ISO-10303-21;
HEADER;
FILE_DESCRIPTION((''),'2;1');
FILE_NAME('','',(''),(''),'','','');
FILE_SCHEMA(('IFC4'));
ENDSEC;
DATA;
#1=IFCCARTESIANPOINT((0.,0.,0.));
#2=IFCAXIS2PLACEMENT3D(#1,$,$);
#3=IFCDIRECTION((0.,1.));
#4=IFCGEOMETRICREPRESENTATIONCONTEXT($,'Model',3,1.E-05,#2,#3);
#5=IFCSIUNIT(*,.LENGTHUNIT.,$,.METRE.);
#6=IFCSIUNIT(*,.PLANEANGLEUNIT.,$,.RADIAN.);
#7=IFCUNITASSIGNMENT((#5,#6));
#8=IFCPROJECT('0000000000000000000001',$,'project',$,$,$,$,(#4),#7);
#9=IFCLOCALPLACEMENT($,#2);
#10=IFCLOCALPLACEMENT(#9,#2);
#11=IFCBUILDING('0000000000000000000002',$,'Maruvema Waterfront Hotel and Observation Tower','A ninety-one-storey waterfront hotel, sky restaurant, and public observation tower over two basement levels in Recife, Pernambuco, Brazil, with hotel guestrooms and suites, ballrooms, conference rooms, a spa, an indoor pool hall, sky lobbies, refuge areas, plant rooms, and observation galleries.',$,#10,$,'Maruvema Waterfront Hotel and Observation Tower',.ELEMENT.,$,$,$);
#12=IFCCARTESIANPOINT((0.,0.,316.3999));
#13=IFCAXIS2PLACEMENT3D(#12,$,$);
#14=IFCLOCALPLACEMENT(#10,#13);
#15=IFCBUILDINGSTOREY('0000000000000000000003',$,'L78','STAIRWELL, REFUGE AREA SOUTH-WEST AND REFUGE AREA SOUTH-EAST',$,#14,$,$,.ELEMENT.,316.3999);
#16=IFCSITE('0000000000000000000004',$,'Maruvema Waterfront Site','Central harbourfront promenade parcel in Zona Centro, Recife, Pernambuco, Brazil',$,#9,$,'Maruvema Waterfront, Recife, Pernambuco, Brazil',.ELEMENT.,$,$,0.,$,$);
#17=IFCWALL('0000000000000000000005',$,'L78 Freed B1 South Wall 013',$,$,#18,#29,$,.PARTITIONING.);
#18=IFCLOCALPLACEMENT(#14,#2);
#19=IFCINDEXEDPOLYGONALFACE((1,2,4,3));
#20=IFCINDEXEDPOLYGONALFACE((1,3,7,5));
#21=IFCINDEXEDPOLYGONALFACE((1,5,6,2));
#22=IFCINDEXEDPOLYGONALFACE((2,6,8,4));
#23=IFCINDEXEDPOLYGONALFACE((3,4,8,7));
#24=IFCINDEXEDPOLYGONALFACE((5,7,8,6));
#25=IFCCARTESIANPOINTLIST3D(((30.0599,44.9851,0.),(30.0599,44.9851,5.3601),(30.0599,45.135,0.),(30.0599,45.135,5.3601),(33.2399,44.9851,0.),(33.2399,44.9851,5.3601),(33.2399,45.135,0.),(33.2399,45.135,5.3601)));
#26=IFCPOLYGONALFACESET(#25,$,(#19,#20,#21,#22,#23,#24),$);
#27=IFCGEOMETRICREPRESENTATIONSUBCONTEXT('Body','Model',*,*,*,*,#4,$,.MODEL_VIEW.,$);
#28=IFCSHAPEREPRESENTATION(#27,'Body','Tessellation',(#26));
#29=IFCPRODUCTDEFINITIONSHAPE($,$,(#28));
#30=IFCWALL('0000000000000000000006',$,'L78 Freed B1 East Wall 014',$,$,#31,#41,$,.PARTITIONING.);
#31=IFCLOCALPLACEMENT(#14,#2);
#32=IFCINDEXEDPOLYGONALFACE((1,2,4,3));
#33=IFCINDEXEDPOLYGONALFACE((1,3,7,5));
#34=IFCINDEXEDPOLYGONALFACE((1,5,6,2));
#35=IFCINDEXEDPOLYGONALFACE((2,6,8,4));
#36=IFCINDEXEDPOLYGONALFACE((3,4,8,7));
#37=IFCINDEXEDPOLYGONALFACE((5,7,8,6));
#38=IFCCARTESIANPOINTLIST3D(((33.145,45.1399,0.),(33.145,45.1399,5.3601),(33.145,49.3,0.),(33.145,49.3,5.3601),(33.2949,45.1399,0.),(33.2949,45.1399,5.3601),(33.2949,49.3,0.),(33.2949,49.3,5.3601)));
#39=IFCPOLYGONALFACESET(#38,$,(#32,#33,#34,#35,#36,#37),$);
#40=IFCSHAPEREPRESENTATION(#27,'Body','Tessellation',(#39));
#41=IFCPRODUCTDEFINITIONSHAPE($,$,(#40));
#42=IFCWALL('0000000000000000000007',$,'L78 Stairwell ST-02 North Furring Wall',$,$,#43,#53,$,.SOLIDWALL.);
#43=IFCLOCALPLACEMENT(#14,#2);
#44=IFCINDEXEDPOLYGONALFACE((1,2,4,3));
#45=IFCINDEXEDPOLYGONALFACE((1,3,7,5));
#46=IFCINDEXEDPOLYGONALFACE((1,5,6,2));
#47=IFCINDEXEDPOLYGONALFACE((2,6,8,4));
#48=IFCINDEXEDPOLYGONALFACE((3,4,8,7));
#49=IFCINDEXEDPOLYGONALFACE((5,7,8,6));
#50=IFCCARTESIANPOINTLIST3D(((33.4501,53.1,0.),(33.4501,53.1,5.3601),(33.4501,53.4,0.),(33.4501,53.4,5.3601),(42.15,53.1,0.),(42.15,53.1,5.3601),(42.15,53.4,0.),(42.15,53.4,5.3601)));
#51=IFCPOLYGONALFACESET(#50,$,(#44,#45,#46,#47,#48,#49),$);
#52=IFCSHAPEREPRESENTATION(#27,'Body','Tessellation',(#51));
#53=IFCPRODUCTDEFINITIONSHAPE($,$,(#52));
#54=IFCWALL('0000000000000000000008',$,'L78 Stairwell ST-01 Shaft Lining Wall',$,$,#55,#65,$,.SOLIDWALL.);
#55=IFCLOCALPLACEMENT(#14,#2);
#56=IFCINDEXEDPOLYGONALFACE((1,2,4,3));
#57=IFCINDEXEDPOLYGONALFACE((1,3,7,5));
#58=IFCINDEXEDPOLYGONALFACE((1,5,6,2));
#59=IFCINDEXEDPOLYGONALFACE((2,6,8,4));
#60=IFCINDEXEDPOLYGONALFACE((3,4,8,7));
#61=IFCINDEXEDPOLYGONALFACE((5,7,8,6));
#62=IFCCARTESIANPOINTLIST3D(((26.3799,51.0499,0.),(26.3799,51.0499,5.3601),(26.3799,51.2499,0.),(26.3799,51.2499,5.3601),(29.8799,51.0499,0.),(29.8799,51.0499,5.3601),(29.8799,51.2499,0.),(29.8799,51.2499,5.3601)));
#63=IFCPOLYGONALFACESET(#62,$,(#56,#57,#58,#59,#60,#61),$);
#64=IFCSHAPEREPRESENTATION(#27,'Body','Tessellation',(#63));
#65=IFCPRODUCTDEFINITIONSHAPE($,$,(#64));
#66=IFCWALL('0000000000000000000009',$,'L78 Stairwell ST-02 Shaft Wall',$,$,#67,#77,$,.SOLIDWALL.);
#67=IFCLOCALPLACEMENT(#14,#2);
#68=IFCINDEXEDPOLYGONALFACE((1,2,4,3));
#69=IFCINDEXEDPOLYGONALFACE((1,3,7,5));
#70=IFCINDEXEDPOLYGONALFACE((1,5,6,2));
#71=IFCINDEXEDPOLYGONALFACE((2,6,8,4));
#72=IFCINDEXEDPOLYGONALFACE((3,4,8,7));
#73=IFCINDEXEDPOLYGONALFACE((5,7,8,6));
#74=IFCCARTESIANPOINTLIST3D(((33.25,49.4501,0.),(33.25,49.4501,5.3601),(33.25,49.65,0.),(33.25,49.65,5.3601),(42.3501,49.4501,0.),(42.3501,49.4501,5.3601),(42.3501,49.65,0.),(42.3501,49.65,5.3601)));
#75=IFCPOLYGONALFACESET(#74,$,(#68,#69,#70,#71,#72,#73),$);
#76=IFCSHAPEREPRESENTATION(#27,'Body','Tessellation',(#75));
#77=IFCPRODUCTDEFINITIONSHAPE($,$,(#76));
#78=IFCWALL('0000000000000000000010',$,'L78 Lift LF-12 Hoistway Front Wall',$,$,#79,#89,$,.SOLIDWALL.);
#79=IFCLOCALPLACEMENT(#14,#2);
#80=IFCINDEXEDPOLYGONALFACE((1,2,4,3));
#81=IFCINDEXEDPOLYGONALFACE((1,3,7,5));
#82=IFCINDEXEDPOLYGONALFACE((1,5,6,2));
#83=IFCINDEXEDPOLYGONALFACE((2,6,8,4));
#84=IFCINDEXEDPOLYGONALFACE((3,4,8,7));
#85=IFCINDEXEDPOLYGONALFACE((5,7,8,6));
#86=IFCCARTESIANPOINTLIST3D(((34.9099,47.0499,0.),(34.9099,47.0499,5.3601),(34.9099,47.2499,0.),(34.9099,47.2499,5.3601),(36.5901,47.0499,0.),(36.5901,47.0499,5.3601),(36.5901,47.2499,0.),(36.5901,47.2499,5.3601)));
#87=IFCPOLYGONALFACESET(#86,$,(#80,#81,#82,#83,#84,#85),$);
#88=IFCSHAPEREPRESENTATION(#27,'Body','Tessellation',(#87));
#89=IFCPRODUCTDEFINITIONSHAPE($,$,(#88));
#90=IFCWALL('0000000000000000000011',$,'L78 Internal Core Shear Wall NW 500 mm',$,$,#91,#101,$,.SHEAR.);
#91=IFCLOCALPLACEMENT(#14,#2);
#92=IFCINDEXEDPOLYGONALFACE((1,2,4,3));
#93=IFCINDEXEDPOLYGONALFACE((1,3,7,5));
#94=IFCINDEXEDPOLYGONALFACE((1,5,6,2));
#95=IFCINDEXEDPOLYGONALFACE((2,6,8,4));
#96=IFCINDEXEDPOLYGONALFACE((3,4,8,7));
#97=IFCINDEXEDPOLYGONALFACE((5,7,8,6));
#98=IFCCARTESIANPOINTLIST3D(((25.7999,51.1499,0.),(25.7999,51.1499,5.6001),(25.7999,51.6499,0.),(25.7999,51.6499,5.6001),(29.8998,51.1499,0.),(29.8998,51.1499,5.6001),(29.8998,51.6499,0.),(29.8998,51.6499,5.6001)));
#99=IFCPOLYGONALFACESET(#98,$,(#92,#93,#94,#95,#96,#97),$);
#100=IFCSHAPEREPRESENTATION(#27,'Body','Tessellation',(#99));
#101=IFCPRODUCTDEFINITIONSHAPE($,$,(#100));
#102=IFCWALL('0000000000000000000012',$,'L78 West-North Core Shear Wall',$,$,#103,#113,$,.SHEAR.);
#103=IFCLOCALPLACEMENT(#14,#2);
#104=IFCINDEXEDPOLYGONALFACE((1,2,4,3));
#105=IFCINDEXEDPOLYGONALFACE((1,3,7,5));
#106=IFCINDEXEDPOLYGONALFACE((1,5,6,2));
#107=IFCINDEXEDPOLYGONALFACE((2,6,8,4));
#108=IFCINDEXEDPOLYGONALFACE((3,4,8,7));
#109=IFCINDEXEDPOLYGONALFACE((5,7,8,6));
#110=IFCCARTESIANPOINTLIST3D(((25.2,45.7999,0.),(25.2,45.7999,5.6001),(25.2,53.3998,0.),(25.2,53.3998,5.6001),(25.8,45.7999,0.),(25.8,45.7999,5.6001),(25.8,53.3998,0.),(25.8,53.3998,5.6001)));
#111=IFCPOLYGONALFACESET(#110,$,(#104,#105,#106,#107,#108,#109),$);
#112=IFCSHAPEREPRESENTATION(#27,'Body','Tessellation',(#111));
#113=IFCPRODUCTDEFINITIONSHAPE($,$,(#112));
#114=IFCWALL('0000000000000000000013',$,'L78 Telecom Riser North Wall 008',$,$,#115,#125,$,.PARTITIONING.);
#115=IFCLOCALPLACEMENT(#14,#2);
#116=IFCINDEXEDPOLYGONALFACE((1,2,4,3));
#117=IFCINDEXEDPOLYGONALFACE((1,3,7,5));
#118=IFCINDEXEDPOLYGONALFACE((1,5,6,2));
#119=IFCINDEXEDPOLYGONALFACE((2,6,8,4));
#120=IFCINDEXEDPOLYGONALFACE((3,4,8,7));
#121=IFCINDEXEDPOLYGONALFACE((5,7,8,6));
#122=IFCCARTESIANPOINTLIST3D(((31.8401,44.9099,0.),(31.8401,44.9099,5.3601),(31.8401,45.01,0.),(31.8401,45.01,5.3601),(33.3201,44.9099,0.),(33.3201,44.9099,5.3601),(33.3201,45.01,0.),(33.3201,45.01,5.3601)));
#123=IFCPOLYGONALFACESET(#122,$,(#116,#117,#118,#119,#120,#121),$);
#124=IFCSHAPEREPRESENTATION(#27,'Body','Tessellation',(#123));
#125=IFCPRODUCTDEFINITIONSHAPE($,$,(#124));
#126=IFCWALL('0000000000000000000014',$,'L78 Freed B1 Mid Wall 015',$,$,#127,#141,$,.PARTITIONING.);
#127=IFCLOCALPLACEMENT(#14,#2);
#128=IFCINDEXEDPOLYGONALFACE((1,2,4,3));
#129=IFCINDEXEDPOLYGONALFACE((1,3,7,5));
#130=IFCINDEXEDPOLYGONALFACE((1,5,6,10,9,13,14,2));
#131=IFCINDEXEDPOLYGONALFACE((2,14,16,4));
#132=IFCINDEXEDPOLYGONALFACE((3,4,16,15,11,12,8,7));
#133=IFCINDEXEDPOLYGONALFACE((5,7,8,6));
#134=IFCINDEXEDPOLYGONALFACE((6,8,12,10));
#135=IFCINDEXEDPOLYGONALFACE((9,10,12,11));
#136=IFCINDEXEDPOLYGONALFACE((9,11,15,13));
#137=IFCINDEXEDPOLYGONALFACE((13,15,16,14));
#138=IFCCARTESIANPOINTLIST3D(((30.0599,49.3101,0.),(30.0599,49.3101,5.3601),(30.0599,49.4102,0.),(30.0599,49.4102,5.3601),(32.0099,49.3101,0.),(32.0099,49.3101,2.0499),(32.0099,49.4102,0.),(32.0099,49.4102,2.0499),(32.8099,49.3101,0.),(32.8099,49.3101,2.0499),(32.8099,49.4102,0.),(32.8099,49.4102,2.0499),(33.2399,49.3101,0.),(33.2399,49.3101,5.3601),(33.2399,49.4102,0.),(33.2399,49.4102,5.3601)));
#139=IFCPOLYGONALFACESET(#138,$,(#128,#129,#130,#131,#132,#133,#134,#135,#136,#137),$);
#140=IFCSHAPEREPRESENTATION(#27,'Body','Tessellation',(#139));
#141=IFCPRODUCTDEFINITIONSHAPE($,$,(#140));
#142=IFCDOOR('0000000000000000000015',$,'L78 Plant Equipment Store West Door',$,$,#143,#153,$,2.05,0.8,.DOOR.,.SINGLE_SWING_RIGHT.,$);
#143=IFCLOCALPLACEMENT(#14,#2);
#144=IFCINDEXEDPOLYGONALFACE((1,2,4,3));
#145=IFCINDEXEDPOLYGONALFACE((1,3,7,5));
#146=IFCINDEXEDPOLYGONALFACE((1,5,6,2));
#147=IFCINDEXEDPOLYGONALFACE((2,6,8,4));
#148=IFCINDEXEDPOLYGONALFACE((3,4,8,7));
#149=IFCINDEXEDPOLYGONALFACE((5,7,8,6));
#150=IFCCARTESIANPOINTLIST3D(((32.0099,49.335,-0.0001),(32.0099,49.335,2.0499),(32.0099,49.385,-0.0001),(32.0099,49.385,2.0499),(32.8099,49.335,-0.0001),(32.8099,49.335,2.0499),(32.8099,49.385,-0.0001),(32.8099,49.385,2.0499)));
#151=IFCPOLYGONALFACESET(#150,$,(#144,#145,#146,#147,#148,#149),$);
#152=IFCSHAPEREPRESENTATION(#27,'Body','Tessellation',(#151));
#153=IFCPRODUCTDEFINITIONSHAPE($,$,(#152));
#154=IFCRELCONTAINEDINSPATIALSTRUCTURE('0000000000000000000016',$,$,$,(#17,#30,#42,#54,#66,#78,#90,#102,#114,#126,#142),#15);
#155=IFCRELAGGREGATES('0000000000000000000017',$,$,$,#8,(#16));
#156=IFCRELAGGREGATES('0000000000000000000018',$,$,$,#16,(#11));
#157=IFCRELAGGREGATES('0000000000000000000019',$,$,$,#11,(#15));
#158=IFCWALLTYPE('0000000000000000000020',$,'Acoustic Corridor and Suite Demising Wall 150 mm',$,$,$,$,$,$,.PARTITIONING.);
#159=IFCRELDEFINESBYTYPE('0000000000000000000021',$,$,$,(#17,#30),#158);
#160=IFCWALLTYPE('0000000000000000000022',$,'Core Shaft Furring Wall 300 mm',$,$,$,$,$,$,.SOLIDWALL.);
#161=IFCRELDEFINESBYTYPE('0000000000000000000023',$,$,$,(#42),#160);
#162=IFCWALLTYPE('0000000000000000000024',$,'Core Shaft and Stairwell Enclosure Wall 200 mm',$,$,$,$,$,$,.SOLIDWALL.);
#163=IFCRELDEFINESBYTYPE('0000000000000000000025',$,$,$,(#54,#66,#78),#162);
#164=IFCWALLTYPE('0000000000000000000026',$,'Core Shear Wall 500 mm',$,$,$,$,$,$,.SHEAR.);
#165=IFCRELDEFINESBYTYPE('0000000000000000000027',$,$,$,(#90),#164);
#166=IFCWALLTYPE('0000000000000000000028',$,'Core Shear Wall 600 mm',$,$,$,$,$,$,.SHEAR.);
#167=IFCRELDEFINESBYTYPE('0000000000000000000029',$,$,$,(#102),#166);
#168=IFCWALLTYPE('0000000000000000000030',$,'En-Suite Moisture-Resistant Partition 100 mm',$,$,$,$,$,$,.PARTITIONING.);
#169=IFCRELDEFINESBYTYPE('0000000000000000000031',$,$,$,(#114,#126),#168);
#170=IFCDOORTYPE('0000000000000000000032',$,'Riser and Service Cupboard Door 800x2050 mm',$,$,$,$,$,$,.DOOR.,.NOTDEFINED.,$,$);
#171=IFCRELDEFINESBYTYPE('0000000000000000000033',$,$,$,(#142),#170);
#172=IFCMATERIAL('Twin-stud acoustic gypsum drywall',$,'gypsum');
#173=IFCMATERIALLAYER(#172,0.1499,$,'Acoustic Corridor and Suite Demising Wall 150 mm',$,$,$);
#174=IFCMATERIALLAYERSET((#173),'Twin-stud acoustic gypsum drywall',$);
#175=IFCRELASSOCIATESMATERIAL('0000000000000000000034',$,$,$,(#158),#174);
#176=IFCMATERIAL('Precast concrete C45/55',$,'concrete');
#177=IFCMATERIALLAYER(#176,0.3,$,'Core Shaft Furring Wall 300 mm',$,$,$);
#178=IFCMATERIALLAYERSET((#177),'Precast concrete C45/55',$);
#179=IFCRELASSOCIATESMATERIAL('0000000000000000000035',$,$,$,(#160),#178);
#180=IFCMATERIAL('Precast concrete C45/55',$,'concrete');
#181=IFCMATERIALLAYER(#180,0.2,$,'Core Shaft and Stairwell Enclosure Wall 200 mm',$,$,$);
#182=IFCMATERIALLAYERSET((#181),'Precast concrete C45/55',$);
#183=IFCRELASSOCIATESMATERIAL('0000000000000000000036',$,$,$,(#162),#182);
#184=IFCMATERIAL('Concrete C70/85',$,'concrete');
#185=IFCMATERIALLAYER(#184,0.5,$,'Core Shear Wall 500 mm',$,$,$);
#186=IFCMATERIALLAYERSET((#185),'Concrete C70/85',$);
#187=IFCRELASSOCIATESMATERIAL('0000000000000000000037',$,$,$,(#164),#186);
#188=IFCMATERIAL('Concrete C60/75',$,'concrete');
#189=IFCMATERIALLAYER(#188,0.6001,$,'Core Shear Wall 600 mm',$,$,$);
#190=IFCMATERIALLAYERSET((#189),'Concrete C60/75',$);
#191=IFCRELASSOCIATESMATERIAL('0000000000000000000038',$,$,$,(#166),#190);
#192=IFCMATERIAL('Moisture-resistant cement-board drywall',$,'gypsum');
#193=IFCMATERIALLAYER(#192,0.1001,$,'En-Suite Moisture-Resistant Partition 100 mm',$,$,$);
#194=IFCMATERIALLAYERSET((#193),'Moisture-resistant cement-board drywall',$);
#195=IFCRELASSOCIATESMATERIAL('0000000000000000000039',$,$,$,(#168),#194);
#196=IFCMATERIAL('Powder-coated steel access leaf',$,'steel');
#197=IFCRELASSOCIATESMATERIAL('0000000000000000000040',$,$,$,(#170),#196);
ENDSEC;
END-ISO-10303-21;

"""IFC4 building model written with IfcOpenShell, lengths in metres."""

from ifc_helpers import new_model, si_unit, direction, frame, frame_2d, origin, place, context, subcontext, project, spatial, rectangle, extrude, material, layer, layer_set, type_object, element, fill, save


model = new_model("IFC4")

# Units and contexts
model_context = context("Model", 3, precision=1e-05, world=origin(), true_north=direction((0.0, 1.0)))
body_context = subcontext(model_context, "Body", "Model", "MODEL_VIEW")
ifc_project = project(units=[si_unit("LENGTHUNIT", "METRE"), si_unit("PLANEANGLEUNIT", "RADIAN")], contexts=[model_context])

# Site, building, storey
site_placement = place(None, origin())
site = spatial("IfcSite", under=ifc_project, at=site_placement, Name="Maruvema Waterfront Site", Description="Central harbourfront promenade parcel in Zona Centro, Recife, Pernambuco, Brazil", LongName="Maruvema Waterfront, Recife, Pernambuco, Brazil", CompositionType="ELEMENT", RefElevation=0.0)
building_placement = place(site_placement, origin())
building = spatial("IfcBuilding", under=site, at=building_placement, Name="Maruvema Waterfront Hotel and Observation Tower", Description="A ninety-one-storey waterfront hotel, sky restaurant, and public observation tower over two basement levels in Recife, Pernambuco, Brazil, with hotel guestrooms and suites, ballrooms, conference rooms, a spa, an indoor pool hall, sky lobbies, refuge areas, plant rooms, and observation galleries.", LongName="Maruvema Waterfront Hotel and Observation Tower", CompositionType="ELEMENT")
storey_placement = place(building_placement, frame((0.0, 0.0, 316.3999)))
storey = spatial("IfcBuildingStorey", under=building, at=storey_placement, Name="L78", Description="STAIRWELL, REFUGE AREA SOUTH-WEST AND REFUGE AREA SOUTH-EAST", CompositionType="ELEMENT", Elevation=316.3999)

# Walls
ifc_material_1 = material(Name="Twin-stud acoustic gypsum drywall", Category="gypsum")
ifc_layer_1 = layer(ifc_material_1, 0.1499, Name="Acoustic Corridor and Suite Demising Wall 150 mm")
ifc_layer_set_1 = layer_set([ifc_layer_1], Name="Twin-stud acoustic gypsum drywall")
wall_type_1 = type_object("IfcWallType", Name="Acoustic Corridor and Suite Demising Wall 150 mm", PredefinedType="PARTITIONING", material=ifc_layer_set_1)
wall_1_placement = place(storey_placement, frame((30.0601, 45.0601, 0.0), z_axis=(0.0, 0.0, 1.0), x_axis=(1.0, 0.0, 0.0)))
element("IfcWall", 1, at=wall_1_placement, inside=storey, type_object=wall_type_1, Name="L78 Freed B1 South Wall 013", PredefinedType="PARTITIONING", context=body_context, shape_type="SweptSolid", body=[
    extrude(rectangle(XDim=3.1799, YDim=0.1499, at=frame_2d((1.5898, 0.0))), origin(), (0.0, 0.0, 1.0), 5.3601),
])
wall_2_placement = place(storey_placement, frame((33.22, 45.1399, 0.0), z_axis=(0.0, 0.0, 1.0), x_axis=(0.0, 1.0, 0.0)))
element("IfcWall", 2, at=wall_2_placement, inside=storey, type_object=wall_type_1, Name="L78 Freed B1 East Wall 014", PredefinedType="PARTITIONING", context=body_context, shape_type="SweptSolid", body=[
    extrude(rectangle(XDim=4.1602, YDim=0.1499, at=frame_2d((2.0801, 0.0))), origin(), (0.0, 0.0, 1.0), 5.3601),
])
ifc_material_2 = material(Name="Precast concrete C45/55", Category="concrete")
ifc_layer_2 = layer(ifc_material_2, 0.3, Name="Core Shaft Furring Wall 300 mm")
ifc_layer_set_2 = layer_set([ifc_layer_2], Name="Precast concrete C45/55")
wall_type_2 = type_object("IfcWallType", Name="Core Shaft Furring Wall 300 mm", PredefinedType="SOLIDWALL", material=ifc_layer_set_2)
wall_3_placement = place(storey_placement, frame((33.45, 53.25, 0.0), z_axis=(0.0, 0.0, 1.0), x_axis=(1.0, 0.0, 0.0)))
element("IfcWall", 3, at=wall_3_placement, inside=storey, type_object=wall_type_2, Name="L78 Stairwell ST-02 North Furring Wall", PredefinedType="SOLIDWALL", context=body_context, shape_type="SweptSolid", body=[
    extrude(rectangle(XDim=8.7, YDim=0.3, at=frame_2d((4.3501, 0.0))), origin(), (0.0, 0.0, 1.0), 5.3601),
])
ifc_material_3 = material(Name="Precast concrete C45/55", Category="concrete")
ifc_layer_3 = layer(ifc_material_3, 0.2, Name="Core Shaft and Stairwell Enclosure Wall 200 mm")
ifc_layer_set_3 = layer_set([ifc_layer_3], Name="Precast concrete C45/55")
wall_type_3 = type_object("IfcWallType", Name="Core Shaft and Stairwell Enclosure Wall 200 mm", PredefinedType="SOLIDWALL", material=ifc_layer_set_3)
wall_4_placement = place(storey_placement, frame((26.3799, 51.1499, 0.0), z_axis=(0.0, 0.0, 1.0), x_axis=(1.0, 0.0, 0.0)))
element("IfcWall", 4, at=wall_4_placement, inside=storey, type_object=wall_type_3, Name="L78 Stairwell ST-01 Shaft Lining Wall", PredefinedType="SOLIDWALL", context=body_context, shape_type="SweptSolid", body=[
    extrude(rectangle(XDim=3.5, YDim=0.2, at=frame_2d((1.75, 0.0))), origin(), (0.0, 0.0, 1.0), 5.3601),
])
wall_5_placement = place(storey_placement, frame((33.25, 49.55, 0.0), z_axis=(0.0, 0.0, 1.0), x_axis=(1.0, 0.0, 0.0)))
element("IfcWall", 5, at=wall_5_placement, inside=storey, type_object=wall_type_3, Name="L78 Stairwell ST-02 Shaft Wall", PredefinedType="SOLIDWALL", context=body_context, shape_type="SweptSolid", body=[
    extrude(rectangle(XDim=9.1001, YDim=0.2, at=frame_2d((4.55, 0.0))), origin(), (0.0, 0.0, 1.0), 5.3601),
])

# Walls
wall_6_placement = place(storey_placement, frame((34.9099, 47.1499, 0.0), z_axis=(0.0, 0.0, 1.0), x_axis=(1.0, 0.0, 0.0)))
element("IfcWall", 6, at=wall_6_placement, inside=storey, type_object=wall_type_3, Name="L78 Lift LF-12 Hoistway Front Wall", PredefinedType="SOLIDWALL", context=body_context, shape_type="SweptSolid", body=[
    extrude(rectangle(XDim=1.6802, YDim=0.2, at=frame_2d((0.8401, 0.0))), origin(), (0.0, 0.0, 1.0), 5.3601),
])
ifc_material_4 = material(Name="Concrete C70/85", Category="concrete")
ifc_layer_4 = layer(ifc_material_4, 0.5, Name="Core Shear Wall 500 mm")
ifc_layer_set_4 = layer_set([ifc_layer_4], Name="Concrete C70/85")
wall_type_4 = type_object("IfcWallType", Name="Core Shear Wall 500 mm", PredefinedType="SHEAR", material=ifc_layer_set_4)
wall_7_placement = place(storey_placement, frame((25.8, 51.3999, 0.0), z_axis=(0.0, 0.0, 1.0), x_axis=(1.0, 0.0, 0.0)))
element("IfcWall", 7, at=wall_7_placement, inside=storey, type_object=wall_type_4, Name="L78 Internal Core Shear Wall NW 500 mm", PredefinedType="SHEAR", context=body_context, shape_type="SweptSolid", body=[
    extrude(rectangle(XDim=4.0999, YDim=0.5, at=frame_2d((2.0498, 0.0))), origin(), (0.0, 0.0, 1.0), 5.6001),
])
ifc_material_5 = material(Name="Concrete C60/75", Category="concrete")
ifc_layer_5 = layer(ifc_material_5, 0.6001, Name="Core Shear Wall 600 mm")
ifc_layer_set_5 = layer_set([ifc_layer_5], Name="Concrete C60/75")
wall_type_5 = type_object("IfcWallType", Name="Core Shear Wall 600 mm", PredefinedType="SHEAR", material=ifc_layer_set_5)
wall_8_placement = place(storey_placement, frame((25.5, 45.8, 0.0), z_axis=(0.0, 0.0, 1.0), x_axis=(0.0, 1.0, 0.0)))
element("IfcWall", 8, at=wall_8_placement, inside=storey, type_object=wall_type_5, Name="L78 West-North Core Shear Wall", PredefinedType="SHEAR", context=body_context, shape_type="SweptSolid", body=[
    extrude(rectangle(XDim=7.5999, YDim=0.6001, at=frame_2d((3.7998, 0.0))), origin(), (0.0, 0.0, 1.0), 5.6001),
])
ifc_material_6 = material(Name="Moisture-resistant cement-board drywall", Category="gypsum")
ifc_layer_6 = layer(ifc_material_6, 0.1001, Name="En-Suite Moisture-Resistant Partition 100 mm")
ifc_layer_set_6 = layer_set([ifc_layer_6], Name="Moisture-resistant cement-board drywall")
wall_type_6 = type_object("IfcWallType", Name="En-Suite Moisture-Resistant Partition 100 mm", PredefinedType="PARTITIONING", material=ifc_layer_set_6)
wall_9_placement = place(storey_placement, frame((31.8401, 44.96, 0.0), z_axis=(0.0, 0.0, 1.0), x_axis=(1.0, 0.0, 0.0)))
element("IfcWall", 9, at=wall_9_placement, inside=storey, type_object=wall_type_6, Name="L78 Telecom Riser North Wall 008", PredefinedType="PARTITIONING", context=body_context, shape_type="SweptSolid", body=[
    extrude(rectangle(XDim=1.48, YDim=0.1001, at=frame_2d((0.74, 0.0))), origin(), (0.0, 0.0, 1.0), 5.3601),
])

# Wall, opening, door
wall_10_placement = place(storey_placement, frame((30.0601, 49.3601, 0.0), z_axis=(0.0, 0.0, 1.0), x_axis=(1.0, 0.0, 0.0)))
wall_10 = element("IfcWall", 10, at=wall_10_placement, inside=storey, type_object=wall_type_6, Name="L78 Freed B1 Mid Wall 015", PredefinedType="PARTITIONING", context=body_context, shape_type="SweptSolid", body=[
    extrude(rectangle(XDim=3.1799, YDim=0.1001, at=frame_2d((1.5898, 0.0))), origin(), (0.0, 0.0, 1.0), 5.3601),
])
opening_1_placement = place(wall_10_placement, frame((1.95, 0.0, 0.0)))
opening_1 = element("IfcOpeningElement", 11, at=opening_1_placement, cuts=wall_10, PredefinedType="OPENING", context=body_context, shape_type="SweptSolid", body=[
    extrude(rectangle(XDim=0.8, YDim=2.05, at=frame_2d((0.3999, 1.0249))), frame((0.0, 0.0601, 0.0), z_axis=(0.0, -1.0, 0.0), x_axis=(1.0, 0.0, 0.0)), (0.0, 0.0, 1.0), 0.1201),
])
ifc_material_7 = material(Name="Powder-coated steel access leaf", Category="steel")
door_type_1 = type_object("IfcDoorType", Name="Riser and Service Cupboard Door 800x2050 mm", OperationType="NOTDEFINED", PredefinedType="DOOR", material=ifc_material_7)
door_1_placement = place(opening_1_placement, origin())
door_1 = element("IfcDoor", 12, at=door_1_placement, inside=storey, type_object=door_type_1, Name="L78 Plant Equipment Store West Door", OperationType="SINGLE_SWING_RIGHT", OverallHeight=2.05, OverallWidth=0.8, PredefinedType="DOOR", context=body_context, shape_type="SweptSolid", body=[
    extrude(rectangle(XDim=0.8, YDim=2.05, at=frame_2d((0.3999, 1.0249))), frame((0.0, 0.0249, 0.0), z_axis=(0.0, -1.0, 0.0), x_axis=(1.0, 0.0, 0.0)), (0.0, 0.0, 1.0), 0.05),
])
fill(opening_1, door_1)

save(model, "model.ifc")
